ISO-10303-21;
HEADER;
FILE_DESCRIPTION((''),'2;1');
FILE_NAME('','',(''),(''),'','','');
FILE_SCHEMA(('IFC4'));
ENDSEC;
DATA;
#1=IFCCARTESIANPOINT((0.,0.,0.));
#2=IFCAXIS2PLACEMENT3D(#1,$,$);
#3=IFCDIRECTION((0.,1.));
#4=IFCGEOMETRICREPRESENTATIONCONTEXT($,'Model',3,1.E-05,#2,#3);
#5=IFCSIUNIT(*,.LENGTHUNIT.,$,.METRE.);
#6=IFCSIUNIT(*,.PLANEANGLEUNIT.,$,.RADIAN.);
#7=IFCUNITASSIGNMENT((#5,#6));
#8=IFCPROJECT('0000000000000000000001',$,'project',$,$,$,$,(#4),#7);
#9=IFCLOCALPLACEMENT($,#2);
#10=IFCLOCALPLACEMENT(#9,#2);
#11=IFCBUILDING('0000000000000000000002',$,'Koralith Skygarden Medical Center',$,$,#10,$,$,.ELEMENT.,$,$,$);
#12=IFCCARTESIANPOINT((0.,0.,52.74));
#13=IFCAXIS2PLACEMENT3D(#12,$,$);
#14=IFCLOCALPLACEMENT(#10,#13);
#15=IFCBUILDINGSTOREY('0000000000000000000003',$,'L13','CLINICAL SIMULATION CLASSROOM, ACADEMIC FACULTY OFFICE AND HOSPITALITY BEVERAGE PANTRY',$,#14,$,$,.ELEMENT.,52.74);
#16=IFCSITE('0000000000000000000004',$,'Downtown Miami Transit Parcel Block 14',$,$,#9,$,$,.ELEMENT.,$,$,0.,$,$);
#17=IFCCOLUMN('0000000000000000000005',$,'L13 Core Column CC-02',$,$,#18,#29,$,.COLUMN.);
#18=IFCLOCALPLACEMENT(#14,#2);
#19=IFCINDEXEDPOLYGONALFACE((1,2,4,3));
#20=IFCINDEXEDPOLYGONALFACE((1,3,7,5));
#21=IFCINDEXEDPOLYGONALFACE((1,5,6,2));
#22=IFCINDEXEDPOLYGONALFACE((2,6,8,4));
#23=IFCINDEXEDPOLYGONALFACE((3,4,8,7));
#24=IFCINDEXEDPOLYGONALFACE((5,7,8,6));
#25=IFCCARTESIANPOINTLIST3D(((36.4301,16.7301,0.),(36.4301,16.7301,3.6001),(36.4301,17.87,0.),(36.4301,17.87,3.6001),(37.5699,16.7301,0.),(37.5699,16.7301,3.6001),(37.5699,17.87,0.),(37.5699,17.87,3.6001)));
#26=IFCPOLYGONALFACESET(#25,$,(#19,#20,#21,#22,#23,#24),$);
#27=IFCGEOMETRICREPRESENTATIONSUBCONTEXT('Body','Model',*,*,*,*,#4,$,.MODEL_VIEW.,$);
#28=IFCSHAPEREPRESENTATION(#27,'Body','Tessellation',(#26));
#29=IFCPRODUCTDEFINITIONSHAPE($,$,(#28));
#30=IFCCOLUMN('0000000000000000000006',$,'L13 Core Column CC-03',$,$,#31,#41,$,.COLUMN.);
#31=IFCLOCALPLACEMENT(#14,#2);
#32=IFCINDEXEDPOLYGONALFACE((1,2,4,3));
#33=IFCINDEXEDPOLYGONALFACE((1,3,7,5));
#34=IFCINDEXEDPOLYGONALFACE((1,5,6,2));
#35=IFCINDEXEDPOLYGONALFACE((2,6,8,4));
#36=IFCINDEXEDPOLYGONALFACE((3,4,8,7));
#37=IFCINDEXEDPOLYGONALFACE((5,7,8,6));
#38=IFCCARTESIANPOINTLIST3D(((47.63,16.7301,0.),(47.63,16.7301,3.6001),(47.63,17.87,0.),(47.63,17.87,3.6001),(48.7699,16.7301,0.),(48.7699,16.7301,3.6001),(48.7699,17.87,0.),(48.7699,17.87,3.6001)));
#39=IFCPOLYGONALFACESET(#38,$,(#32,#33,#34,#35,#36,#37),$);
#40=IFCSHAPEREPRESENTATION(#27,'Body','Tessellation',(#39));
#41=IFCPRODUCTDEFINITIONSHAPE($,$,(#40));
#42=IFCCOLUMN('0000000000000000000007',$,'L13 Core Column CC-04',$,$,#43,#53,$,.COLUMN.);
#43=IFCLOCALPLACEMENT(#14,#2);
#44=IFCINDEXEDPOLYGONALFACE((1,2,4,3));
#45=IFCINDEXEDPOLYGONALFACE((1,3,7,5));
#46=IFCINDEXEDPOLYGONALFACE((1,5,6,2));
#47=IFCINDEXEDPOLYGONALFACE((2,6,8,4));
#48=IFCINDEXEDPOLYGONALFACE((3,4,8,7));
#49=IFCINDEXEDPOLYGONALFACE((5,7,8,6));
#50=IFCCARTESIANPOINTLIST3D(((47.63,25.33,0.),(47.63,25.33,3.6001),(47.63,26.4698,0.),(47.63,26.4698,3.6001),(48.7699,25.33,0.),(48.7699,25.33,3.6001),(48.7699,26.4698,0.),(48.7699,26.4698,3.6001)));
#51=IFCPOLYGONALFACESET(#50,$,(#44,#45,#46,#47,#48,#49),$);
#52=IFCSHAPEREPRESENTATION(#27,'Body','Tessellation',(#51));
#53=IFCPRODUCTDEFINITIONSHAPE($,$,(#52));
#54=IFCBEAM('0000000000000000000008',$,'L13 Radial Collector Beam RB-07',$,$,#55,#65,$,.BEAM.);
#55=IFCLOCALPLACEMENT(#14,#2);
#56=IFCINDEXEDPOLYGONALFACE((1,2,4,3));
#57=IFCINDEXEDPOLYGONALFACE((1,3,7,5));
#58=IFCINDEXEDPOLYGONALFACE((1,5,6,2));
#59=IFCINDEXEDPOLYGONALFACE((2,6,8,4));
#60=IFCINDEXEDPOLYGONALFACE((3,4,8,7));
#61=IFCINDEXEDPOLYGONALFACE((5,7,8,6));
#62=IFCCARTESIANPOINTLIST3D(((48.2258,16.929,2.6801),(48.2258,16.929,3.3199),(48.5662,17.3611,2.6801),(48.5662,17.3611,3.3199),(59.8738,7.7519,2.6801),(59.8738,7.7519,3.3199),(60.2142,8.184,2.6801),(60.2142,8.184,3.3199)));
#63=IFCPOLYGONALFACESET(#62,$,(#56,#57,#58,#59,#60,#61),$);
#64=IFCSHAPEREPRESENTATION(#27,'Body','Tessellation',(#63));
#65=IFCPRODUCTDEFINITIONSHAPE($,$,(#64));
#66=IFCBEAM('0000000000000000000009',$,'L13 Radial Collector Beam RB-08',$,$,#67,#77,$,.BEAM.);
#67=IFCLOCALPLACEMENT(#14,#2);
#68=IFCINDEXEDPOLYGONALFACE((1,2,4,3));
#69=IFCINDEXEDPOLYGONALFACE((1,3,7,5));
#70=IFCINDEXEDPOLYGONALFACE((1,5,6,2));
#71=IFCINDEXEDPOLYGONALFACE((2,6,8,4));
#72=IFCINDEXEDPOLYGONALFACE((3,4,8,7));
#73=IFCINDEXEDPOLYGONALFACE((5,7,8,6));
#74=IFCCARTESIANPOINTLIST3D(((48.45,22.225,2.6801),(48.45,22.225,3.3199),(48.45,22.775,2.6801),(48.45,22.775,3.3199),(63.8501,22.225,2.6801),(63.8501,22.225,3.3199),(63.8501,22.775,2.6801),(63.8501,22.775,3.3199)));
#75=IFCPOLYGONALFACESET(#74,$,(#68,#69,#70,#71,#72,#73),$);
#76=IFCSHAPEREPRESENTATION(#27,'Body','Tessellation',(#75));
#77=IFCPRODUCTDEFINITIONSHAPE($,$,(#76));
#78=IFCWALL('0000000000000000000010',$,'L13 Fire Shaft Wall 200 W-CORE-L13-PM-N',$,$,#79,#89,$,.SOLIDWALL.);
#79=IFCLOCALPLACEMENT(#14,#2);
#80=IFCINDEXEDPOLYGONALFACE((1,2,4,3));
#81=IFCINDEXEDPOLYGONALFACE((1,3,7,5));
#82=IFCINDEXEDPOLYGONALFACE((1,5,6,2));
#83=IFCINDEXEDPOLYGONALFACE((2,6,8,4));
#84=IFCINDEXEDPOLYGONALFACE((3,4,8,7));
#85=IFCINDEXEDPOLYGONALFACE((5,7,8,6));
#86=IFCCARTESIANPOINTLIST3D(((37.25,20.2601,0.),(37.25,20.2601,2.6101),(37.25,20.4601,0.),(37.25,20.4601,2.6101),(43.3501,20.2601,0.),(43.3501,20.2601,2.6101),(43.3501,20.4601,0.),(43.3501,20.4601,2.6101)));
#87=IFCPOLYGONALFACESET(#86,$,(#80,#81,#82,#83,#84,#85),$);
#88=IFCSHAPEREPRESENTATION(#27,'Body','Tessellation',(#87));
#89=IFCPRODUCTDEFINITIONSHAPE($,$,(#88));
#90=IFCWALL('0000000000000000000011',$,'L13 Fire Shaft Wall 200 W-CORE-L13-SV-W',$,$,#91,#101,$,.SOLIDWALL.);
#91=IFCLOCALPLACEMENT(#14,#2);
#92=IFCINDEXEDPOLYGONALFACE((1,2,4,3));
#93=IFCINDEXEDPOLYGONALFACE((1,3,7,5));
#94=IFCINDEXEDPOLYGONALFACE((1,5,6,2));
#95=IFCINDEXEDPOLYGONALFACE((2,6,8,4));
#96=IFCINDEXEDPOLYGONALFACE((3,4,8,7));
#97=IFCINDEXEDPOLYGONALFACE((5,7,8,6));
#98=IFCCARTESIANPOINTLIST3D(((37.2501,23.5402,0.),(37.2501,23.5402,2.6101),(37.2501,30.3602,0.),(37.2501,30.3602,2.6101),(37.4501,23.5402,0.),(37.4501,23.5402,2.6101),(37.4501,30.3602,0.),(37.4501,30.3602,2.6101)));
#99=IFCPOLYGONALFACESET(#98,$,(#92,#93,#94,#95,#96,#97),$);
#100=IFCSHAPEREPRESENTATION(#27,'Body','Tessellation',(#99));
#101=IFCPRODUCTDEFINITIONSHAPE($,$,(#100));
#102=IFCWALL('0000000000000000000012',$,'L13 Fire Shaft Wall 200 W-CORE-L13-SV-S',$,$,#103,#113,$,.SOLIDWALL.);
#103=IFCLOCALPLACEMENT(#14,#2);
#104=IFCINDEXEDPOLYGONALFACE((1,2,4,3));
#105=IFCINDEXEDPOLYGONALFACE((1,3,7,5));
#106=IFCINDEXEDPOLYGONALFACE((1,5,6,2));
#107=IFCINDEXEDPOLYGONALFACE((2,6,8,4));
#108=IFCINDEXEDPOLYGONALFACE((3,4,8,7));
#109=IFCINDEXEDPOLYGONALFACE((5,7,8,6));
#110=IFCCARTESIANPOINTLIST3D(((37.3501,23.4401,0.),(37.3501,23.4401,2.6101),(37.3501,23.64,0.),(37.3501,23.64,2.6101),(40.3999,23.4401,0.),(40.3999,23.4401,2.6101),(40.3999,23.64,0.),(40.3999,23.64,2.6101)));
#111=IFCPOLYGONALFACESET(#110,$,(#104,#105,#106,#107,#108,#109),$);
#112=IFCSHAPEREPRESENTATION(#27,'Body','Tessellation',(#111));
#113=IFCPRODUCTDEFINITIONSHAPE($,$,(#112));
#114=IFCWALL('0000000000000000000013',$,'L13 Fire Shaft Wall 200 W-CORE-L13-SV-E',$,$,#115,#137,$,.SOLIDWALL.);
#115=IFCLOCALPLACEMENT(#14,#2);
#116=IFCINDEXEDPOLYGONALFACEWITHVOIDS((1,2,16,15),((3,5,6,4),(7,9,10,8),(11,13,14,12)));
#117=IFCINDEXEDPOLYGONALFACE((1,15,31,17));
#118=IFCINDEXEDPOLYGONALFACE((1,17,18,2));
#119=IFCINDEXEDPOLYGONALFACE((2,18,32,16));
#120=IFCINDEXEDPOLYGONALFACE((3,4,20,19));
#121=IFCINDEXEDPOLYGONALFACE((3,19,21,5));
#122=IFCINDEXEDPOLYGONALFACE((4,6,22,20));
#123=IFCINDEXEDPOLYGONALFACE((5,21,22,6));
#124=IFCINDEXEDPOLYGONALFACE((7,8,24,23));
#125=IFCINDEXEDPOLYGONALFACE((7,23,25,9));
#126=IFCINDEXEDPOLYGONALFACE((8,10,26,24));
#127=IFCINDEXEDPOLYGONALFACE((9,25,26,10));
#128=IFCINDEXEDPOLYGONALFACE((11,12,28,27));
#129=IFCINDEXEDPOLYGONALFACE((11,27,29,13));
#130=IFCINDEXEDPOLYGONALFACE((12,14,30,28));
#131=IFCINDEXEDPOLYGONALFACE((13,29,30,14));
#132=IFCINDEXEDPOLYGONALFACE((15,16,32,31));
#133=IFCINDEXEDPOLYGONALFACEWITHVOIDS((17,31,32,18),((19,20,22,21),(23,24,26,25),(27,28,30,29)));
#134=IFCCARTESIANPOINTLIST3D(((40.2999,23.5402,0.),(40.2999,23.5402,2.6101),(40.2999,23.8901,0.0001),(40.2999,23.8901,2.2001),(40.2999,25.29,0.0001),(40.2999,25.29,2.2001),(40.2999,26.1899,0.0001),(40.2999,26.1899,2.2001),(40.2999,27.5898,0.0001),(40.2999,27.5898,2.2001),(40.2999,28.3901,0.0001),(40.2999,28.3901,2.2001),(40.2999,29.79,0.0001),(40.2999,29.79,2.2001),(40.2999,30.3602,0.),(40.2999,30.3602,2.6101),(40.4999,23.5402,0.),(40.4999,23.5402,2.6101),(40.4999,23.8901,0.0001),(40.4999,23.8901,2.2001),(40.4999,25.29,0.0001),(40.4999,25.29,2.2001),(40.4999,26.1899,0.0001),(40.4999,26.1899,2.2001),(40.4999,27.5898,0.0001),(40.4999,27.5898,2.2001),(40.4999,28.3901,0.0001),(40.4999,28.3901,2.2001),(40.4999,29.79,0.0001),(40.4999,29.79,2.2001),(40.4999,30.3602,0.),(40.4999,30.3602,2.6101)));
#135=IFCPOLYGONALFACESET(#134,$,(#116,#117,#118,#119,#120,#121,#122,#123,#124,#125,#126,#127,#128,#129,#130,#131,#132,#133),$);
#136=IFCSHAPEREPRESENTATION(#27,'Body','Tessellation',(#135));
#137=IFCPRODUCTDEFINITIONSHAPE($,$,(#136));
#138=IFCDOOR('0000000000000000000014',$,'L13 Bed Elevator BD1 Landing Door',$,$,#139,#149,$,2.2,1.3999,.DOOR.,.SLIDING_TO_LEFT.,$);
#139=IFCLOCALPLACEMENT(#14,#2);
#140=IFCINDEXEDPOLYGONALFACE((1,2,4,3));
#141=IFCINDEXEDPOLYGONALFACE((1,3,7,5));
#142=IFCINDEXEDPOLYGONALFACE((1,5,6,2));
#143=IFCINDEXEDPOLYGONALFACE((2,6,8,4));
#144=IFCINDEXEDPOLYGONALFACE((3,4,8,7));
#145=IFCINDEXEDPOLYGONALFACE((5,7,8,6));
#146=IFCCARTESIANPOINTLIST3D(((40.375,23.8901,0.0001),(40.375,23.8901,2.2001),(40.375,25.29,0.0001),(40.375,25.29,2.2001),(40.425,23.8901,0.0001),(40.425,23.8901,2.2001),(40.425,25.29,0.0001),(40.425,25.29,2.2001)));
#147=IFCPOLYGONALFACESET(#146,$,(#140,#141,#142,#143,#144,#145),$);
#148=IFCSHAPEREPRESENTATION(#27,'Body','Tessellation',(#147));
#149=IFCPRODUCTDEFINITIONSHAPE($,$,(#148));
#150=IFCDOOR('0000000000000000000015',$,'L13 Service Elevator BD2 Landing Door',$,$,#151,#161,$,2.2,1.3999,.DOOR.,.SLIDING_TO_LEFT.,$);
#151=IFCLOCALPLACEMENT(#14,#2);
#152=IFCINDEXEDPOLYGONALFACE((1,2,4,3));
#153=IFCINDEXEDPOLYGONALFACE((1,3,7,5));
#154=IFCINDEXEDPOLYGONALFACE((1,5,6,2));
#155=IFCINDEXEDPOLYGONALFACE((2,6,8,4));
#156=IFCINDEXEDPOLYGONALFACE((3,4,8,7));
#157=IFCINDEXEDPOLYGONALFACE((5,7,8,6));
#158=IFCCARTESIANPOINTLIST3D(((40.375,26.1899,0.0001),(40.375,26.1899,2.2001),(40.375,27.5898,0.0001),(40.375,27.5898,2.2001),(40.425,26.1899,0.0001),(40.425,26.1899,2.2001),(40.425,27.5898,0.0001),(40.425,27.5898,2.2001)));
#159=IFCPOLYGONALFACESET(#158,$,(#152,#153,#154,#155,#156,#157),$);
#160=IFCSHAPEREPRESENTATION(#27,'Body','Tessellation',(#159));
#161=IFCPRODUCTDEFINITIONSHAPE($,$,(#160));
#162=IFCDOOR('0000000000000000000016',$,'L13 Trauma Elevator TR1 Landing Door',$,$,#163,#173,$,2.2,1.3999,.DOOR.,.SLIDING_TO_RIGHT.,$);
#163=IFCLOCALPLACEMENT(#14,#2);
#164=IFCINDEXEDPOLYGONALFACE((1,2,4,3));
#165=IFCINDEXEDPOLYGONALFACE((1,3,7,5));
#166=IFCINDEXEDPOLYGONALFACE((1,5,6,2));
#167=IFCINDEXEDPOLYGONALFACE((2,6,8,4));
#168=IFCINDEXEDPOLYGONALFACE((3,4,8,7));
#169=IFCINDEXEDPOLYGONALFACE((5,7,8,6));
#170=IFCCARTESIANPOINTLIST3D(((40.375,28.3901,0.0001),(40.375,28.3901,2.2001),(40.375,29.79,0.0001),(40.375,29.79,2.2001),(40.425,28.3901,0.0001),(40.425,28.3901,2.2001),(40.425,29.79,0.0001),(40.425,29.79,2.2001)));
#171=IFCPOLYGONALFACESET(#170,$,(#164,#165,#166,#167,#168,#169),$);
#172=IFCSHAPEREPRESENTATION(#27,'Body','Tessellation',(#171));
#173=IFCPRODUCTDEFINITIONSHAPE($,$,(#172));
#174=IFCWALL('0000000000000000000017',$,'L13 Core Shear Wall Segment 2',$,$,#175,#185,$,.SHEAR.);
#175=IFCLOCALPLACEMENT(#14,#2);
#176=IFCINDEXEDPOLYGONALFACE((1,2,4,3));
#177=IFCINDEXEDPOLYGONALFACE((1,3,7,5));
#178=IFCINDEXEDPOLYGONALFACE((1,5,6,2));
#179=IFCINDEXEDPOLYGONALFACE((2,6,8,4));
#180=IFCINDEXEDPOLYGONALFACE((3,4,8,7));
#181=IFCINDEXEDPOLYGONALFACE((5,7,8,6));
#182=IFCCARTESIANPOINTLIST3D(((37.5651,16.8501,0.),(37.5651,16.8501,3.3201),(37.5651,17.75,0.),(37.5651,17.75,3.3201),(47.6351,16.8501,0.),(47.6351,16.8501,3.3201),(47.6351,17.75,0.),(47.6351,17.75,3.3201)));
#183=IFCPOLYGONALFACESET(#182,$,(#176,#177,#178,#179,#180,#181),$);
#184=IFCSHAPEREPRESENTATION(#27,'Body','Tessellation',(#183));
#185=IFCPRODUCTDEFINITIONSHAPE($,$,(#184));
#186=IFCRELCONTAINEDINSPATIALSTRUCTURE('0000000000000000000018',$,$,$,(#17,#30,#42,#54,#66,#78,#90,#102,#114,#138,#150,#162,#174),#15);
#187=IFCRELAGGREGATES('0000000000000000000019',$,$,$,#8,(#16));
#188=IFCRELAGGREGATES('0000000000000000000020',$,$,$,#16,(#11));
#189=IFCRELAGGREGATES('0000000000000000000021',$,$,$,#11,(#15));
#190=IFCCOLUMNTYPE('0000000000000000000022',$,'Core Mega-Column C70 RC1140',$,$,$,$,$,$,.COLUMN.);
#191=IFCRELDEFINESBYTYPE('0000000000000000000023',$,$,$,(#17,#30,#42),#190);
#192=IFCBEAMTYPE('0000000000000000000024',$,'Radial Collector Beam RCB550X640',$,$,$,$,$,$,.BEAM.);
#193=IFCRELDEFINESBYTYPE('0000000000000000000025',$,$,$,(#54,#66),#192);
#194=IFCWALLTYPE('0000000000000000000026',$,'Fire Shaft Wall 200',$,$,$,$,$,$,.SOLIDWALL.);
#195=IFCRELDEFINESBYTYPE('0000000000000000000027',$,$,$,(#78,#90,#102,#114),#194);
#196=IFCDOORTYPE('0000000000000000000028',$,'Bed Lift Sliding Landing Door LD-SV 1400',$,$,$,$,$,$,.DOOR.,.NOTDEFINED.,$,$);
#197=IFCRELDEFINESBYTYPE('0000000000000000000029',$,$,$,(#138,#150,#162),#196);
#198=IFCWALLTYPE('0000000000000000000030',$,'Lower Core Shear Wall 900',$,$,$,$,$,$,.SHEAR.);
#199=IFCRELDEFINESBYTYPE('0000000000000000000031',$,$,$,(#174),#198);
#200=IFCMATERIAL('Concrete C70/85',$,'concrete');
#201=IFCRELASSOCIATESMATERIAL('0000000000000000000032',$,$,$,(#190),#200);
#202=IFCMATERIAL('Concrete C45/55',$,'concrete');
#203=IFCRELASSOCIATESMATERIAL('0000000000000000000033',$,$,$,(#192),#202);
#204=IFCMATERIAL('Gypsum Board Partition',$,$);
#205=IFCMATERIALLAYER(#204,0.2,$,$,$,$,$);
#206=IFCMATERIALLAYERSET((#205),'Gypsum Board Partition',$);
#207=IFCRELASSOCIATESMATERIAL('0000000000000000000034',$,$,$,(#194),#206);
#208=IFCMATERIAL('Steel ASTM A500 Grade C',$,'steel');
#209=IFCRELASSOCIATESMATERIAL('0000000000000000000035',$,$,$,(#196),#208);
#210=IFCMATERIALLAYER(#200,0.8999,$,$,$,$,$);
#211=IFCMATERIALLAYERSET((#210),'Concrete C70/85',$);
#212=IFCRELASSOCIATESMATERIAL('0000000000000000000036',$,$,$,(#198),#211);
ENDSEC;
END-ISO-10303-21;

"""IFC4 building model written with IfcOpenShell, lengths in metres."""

from ifc_helpers import new_model, si_unit, direction, frame, frame_2d, origin, origin_2d, place, context, subcontext, project, spatial, rectangle, extrude, material, layer, layer_set, material_profile, profile_set, type_object, element, fill, save


model = new_model("IFC4")

# Units and contexts
model_context = context("Model", 3, precision=1e-05, world=origin(), true_north=direction((0.0, 1.0)))
body_context = subcontext(model_context, "Body", "Model", "MODEL_VIEW")
ifc_project = project(units=[si_unit("LENGTHUNIT", "METRE"), si_unit("PLANEANGLEUNIT", "RADIAN")], contexts=[model_context])

# Site, building, storey
site_placement = place(None, origin())
site = spatial("IfcSite", under=ifc_project, at=site_placement, Name="Downtown Miami Transit Parcel Block 14", CompositionType="ELEMENT", RefElevation=0.0)
building_placement = place(site_placement, origin())
building = spatial("IfcBuilding", under=site, at=building_placement, Name="Koralith Skygarden Medical Center", CompositionType="ELEMENT")
storey_placement = place(building_placement, frame((0.0, 0.0, 52.74)))
storey = spatial("IfcBuildingStorey", under=building, at=storey_placement, Name="L13", Description="CLINICAL SIMULATION CLASSROOM, ACADEMIC FACULTY OFFICE AND HOSPITALITY BEVERAGE PANTRY", CompositionType="ELEMENT", Elevation=52.74)

# Columns
ifc_material_1 = material(Name="Concrete C70/85", Category="concrete")
ifc_material_profile_1 = material_profile(ifc_material_1, rectangle(XDim=1.1399, YDim=1.1399, at=origin_2d()), Name="RC1140X1140")
ifc_profile_set_1 = profile_set([ifc_material_profile_1], Name="Concrete C70/85")
column_type = type_object("IfcColumnType", Name="Core Mega-Column C70 RC1140", PredefinedType="COLUMN", material=ifc_profile_set_1)
for number, where, z_axis, x_axis, name in (
    (1, (37.0, 17.3, 0.0), (0.0, 0.0, 1.0), (1.0, 0.0, 0.0), "L13 Core Column CC-02"),
    (2, (48.2, 17.3, 0.0), (0.0, 0.0, 1.0), (1.0, 0.0, 0.0), "L13 Core Column CC-03"),
    (3, (48.2, 25.8999, 0.0), (0.0, 0.0, 1.0), (1.0, 0.0, 0.0), "L13 Core Column CC-04"),
):
    element("IfcColumn", number, at=place(storey_placement, frame(where, z_axis=z_axis, x_axis=x_axis)), inside=storey, type_object=column_type, Name=name, PredefinedType="COLUMN", context=body_context, shape_type="SweptSolid", body=[
        extrude(rectangle(XDim=1.1399, YDim=1.1399, at=origin_2d()), origin(), (0.0, 0.0, 1.0), 3.6001),
    ])

# Beams
ifc_material_2 = material(Name="Concrete C45/55", Category="concrete")
ifc_material_profile_2 = material_profile(ifc_material_2, rectangle(XDim=0.55, YDim=0.6399, at=origin_2d()), Name="RCB550X640")
ifc_profile_set_2 = profile_set([ifc_material_profile_2], Name="Concrete C45/55")
beam_type = type_object("IfcBeamType", Name="Radial Collector Beam RCB550X640", PredefinedType="BEAM", material=ifc_profile_set_2)
beam_1_placement = place(storey_placement, frame((48.396, 17.145, 3.0), z_axis=(0.785497, -0.618865, 0.0), x_axis=(0.618865, 0.785497, 0.0)))
element("IfcBeam", 4, at=beam_1_placement, inside=storey, type_object=beam_type, Name="L13 Radial Collector Beam RB-07", PredefinedType="BEAM", context=body_context, shape_type="SweptSolid", body=[
    extrude(rectangle(XDim=0.55, YDim=0.6399, at=origin_2d()), origin(), (0.0, 0.0, 1.0), 14.8289),
])
beam_2_placement = place(storey_placement, frame((48.45, 22.5, 3.0), z_axis=(1.0, 0.0, 0.0), x_axis=(0.0, 1.0, 0.0)))
element("IfcBeam", 5, at=beam_2_placement, inside=storey, type_object=beam_type, Name="L13 Radial Collector Beam RB-08", PredefinedType="BEAM", context=body_context, shape_type="SweptSolid", body=[
    extrude(rectangle(XDim=0.55, YDim=0.6399, at=origin_2d()), origin(), (0.0, 0.0, 1.0), 15.4001),
])

# Shared definitions
ifc_material_3 = material(Name="Gypsum Board Partition")
ifc_layer_1 = layer(ifc_material_3, 0.2)
ifc_layer_set_1 = layer_set([ifc_layer_1], Name="Gypsum Board Partition")
wall_type_1 = type_object("IfcWallType", Name="Fire Shaft Wall 200", PredefinedType="SOLIDWALL", material=ifc_layer_set_1)
ifc_material_4 = material(Name="Steel ASTM A500 Grade C", Category="steel")

# Walls
wall_1_placement = place(storey_placement, frame((37.25, 20.3601, 0.0), z_axis=(0.0, 0.0, 1.0), x_axis=(1.0, 0.0, 0.0)))
element("IfcWall", 6, at=wall_1_placement, inside=storey, type_object=wall_type_1, Name="L13 Fire Shaft Wall 200 W-CORE-L13-PM-N", PredefinedType="SOLIDWALL", context=body_context, shape_type="SweptSolid", body=[
    extrude(rectangle(XDim=6.1001, YDim=0.2, at=frame_2d((3.05, 0.0))), origin(), (0.0, 0.0, 1.0), 2.6101),
])
wall_2_placement = place(storey_placement, frame((37.3501, 23.54, 0.0), z_axis=(0.0, 0.0, 1.0), x_axis=(0.0, 1.0, 0.0)))
element("IfcWall", 7, at=wall_2_placement, inside=storey, type_object=wall_type_1, Name="L13 Fire Shaft Wall 200 W-CORE-L13-SV-W", PredefinedType="SOLIDWALL", context=body_context, shape_type="SweptSolid", body=[
    extrude(rectangle(XDim=6.8201, YDim=0.2, at=frame_2d((3.4102, 0.0))), origin(), (0.0, 0.0, 1.0), 2.6101),
])
wall_3_placement = place(storey_placement, frame((37.3501, 23.54, 0.0), z_axis=(0.0, 0.0, 1.0), x_axis=(1.0, 0.0, 0.0)))
element("IfcWall", 8, at=wall_3_placement, inside=storey, type_object=wall_type_1, Name="L13 Fire Shaft Wall 200 W-CORE-L13-SV-S", PredefinedType="SOLIDWALL", context=body_context, shape_type="SweptSolid", body=[
    extrude(rectangle(XDim=3.0498, YDim=0.2, at=frame_2d((1.5249, 0.0))), origin(), (0.0, 0.0, 1.0), 2.6101),
])

# Wall, openings, doors
wall_4_placement = place(storey_placement, frame((40.3999, 23.54, 0.0), z_axis=(0.0, 0.0, 1.0), x_axis=(0.0, 1.0, 0.0)))
wall_4 = element("IfcWall", 9, at=wall_4_placement, inside=storey, type_object=wall_type_1, Name="L13 Fire Shaft Wall 200 W-CORE-L13-SV-E", PredefinedType="SOLIDWALL", context=body_context, shape_type="SweptSolid", body=[
    extrude(rectangle(XDim=6.8201, YDim=0.2, at=frame_2d((3.4102, 0.0))), origin(), (0.0, 0.0, 1.0), 2.6101),
])
opening_1_placement = place(wall_4_placement, frame((0.3501, 0.0, 0.0)))
opening_1 = element("IfcOpeningElement", 10, at=opening_1_placement, cuts=wall_4, PredefinedType="OPENING", context=body_context, shape_type="SweptSolid", body=[
    extrude(rectangle(XDim=1.3999, YDim=2.2, at=frame_2d((0.7, 1.1001))), frame((0.0, 0.1099, 0.0), z_axis=(0.0, -1.0, 0.0), x_axis=(1.0, 0.0, 0.0)), (0.0, 0.0, 1.0), 0.22),
])
opening_2_placement = place(wall_4_placement, frame((2.6499, 0.0, 0.0)))
opening_2 = element("IfcOpeningElement", 11, at=opening_2_placement, cuts=wall_4, PredefinedType="OPENING", context=body_context, shape_type="SweptSolid", body=[
    extrude(rectangle(XDim=1.3999, YDim=2.2, at=frame_2d((0.7, 1.1001))), frame((0.0, 0.1099, 0.0), z_axis=(0.0, -1.0, 0.0), x_axis=(1.0, 0.0, 0.0)), (0.0, 0.0, 1.0), 0.22),
])
opening_3_placement = place(wall_4_placement, frame((4.8501, 0.0, 0.0)))
opening_3 = element("IfcOpeningElement", 12, at=opening_3_placement, cuts=wall_4, PredefinedType="OPENING", context=body_context, shape_type="SweptSolid", body=[
    extrude(rectangle(XDim=1.3999, YDim=2.2, at=frame_2d((0.7, 1.1001))), frame((0.0, 0.1099, 0.0), z_axis=(0.0, -1.0, 0.0), x_axis=(1.0, 0.0, 0.0)), (0.0, 0.0, 1.0), 0.22),
])
door_type_1 = type_object("IfcDoorType", Name="Bed Lift Sliding Landing Door LD-SV 1400", OperationType="NOTDEFINED", PredefinedType="DOOR", material=ifc_material_4)
door_1_placement = place(opening_1_placement, origin())
door_1 = element("IfcDoor", 13, at=door_1_placement, inside=storey, type_object=door_type_1, Name="L13 Bed Elevator BD1 Landing Door", OperationType="SLIDING_TO_LEFT", OverallHeight=2.2, OverallWidth=1.3999, PredefinedType="DOOR", context=body_context, shape_type="SweptSolid", body=[
    extrude(rectangle(XDim=1.3999, YDim=2.2, at=frame_2d((0.7, 1.1001))), frame((0.0, 0.0249, 0.0), z_axis=(0.0, -1.0, 0.0), x_axis=(1.0, 0.0, 0.0)), (0.0, 0.0, 1.0), 0.05),
])
fill(opening_1, door_1)
door_2_placement = place(opening_2_placement, origin())
door_2 = element("IfcDoor", 14, at=door_2_placement, inside=storey, type_object=door_type_1, Name="L13 Service Elevator BD2 Landing Door", OperationType="SLIDING_TO_LEFT", OverallHeight=2.2, OverallWidth=1.3999, PredefinedType="DOOR", context=body_context, shape_type="SweptSolid", body=[
    extrude(rectangle(XDim=1.3999, YDim=2.2, at=frame_2d((0.7, 1.1001))), frame((0.0, 0.0249, 0.0), z_axis=(0.0, -1.0, 0.0), x_axis=(1.0, 0.0, 0.0)), (0.0, 0.0, 1.0), 0.05),
])
fill(opening_2, door_2)
door_3_placement = place(opening_3_placement, origin())
door_3 = element("IfcDoor", 15, at=door_3_placement, inside=storey, type_object=door_type_1, Name="L13 Trauma Elevator TR1 Landing Door", OperationType="SLIDING_TO_RIGHT", OverallHeight=2.2, OverallWidth=1.3999, PredefinedType="DOOR", context=body_context, shape_type="SweptSolid", body=[
    extrude(rectangle(XDim=1.3999, YDim=2.2, at=frame_2d((0.7, 1.1001))), frame((0.0, 0.0249, 0.0), z_axis=(0.0, -1.0, 0.0), x_axis=(1.0, 0.0, 0.0)), (0.0, 0.0, 1.0), 0.05),
])
fill(opening_3, door_3)

# Wall
ifc_layer_2 = layer(ifc_material_1, 0.8999)
ifc_layer_set_2 = layer_set([ifc_layer_2], Name="Concrete C70/85")
wall_type_2 = type_object("IfcWallType", Name="Lower Core Shear Wall 900", PredefinedType="SHEAR", material=ifc_layer_set_2)
wall_5_placement = place(storey_placement, frame((37.5649, 17.3, 0.0), z_axis=(0.0, 0.0, 1.0), x_axis=(1.0, 0.0, 0.0)))
element("IfcWall", 16, at=wall_5_placement, inside=storey, type_object=wall_type_2, Name="L13 Core Shear Wall Segment 2", PredefinedType="SHEAR", context=body_context, shape_type="SweptSolid", body=[
    extrude(rectangle(XDim=10.0701, YDim=0.8999, at=frame_2d((5.0352, 0.0))), origin(), (0.0, 0.0, 1.0), 3.3201),
])

save(model, "model.ifc")
